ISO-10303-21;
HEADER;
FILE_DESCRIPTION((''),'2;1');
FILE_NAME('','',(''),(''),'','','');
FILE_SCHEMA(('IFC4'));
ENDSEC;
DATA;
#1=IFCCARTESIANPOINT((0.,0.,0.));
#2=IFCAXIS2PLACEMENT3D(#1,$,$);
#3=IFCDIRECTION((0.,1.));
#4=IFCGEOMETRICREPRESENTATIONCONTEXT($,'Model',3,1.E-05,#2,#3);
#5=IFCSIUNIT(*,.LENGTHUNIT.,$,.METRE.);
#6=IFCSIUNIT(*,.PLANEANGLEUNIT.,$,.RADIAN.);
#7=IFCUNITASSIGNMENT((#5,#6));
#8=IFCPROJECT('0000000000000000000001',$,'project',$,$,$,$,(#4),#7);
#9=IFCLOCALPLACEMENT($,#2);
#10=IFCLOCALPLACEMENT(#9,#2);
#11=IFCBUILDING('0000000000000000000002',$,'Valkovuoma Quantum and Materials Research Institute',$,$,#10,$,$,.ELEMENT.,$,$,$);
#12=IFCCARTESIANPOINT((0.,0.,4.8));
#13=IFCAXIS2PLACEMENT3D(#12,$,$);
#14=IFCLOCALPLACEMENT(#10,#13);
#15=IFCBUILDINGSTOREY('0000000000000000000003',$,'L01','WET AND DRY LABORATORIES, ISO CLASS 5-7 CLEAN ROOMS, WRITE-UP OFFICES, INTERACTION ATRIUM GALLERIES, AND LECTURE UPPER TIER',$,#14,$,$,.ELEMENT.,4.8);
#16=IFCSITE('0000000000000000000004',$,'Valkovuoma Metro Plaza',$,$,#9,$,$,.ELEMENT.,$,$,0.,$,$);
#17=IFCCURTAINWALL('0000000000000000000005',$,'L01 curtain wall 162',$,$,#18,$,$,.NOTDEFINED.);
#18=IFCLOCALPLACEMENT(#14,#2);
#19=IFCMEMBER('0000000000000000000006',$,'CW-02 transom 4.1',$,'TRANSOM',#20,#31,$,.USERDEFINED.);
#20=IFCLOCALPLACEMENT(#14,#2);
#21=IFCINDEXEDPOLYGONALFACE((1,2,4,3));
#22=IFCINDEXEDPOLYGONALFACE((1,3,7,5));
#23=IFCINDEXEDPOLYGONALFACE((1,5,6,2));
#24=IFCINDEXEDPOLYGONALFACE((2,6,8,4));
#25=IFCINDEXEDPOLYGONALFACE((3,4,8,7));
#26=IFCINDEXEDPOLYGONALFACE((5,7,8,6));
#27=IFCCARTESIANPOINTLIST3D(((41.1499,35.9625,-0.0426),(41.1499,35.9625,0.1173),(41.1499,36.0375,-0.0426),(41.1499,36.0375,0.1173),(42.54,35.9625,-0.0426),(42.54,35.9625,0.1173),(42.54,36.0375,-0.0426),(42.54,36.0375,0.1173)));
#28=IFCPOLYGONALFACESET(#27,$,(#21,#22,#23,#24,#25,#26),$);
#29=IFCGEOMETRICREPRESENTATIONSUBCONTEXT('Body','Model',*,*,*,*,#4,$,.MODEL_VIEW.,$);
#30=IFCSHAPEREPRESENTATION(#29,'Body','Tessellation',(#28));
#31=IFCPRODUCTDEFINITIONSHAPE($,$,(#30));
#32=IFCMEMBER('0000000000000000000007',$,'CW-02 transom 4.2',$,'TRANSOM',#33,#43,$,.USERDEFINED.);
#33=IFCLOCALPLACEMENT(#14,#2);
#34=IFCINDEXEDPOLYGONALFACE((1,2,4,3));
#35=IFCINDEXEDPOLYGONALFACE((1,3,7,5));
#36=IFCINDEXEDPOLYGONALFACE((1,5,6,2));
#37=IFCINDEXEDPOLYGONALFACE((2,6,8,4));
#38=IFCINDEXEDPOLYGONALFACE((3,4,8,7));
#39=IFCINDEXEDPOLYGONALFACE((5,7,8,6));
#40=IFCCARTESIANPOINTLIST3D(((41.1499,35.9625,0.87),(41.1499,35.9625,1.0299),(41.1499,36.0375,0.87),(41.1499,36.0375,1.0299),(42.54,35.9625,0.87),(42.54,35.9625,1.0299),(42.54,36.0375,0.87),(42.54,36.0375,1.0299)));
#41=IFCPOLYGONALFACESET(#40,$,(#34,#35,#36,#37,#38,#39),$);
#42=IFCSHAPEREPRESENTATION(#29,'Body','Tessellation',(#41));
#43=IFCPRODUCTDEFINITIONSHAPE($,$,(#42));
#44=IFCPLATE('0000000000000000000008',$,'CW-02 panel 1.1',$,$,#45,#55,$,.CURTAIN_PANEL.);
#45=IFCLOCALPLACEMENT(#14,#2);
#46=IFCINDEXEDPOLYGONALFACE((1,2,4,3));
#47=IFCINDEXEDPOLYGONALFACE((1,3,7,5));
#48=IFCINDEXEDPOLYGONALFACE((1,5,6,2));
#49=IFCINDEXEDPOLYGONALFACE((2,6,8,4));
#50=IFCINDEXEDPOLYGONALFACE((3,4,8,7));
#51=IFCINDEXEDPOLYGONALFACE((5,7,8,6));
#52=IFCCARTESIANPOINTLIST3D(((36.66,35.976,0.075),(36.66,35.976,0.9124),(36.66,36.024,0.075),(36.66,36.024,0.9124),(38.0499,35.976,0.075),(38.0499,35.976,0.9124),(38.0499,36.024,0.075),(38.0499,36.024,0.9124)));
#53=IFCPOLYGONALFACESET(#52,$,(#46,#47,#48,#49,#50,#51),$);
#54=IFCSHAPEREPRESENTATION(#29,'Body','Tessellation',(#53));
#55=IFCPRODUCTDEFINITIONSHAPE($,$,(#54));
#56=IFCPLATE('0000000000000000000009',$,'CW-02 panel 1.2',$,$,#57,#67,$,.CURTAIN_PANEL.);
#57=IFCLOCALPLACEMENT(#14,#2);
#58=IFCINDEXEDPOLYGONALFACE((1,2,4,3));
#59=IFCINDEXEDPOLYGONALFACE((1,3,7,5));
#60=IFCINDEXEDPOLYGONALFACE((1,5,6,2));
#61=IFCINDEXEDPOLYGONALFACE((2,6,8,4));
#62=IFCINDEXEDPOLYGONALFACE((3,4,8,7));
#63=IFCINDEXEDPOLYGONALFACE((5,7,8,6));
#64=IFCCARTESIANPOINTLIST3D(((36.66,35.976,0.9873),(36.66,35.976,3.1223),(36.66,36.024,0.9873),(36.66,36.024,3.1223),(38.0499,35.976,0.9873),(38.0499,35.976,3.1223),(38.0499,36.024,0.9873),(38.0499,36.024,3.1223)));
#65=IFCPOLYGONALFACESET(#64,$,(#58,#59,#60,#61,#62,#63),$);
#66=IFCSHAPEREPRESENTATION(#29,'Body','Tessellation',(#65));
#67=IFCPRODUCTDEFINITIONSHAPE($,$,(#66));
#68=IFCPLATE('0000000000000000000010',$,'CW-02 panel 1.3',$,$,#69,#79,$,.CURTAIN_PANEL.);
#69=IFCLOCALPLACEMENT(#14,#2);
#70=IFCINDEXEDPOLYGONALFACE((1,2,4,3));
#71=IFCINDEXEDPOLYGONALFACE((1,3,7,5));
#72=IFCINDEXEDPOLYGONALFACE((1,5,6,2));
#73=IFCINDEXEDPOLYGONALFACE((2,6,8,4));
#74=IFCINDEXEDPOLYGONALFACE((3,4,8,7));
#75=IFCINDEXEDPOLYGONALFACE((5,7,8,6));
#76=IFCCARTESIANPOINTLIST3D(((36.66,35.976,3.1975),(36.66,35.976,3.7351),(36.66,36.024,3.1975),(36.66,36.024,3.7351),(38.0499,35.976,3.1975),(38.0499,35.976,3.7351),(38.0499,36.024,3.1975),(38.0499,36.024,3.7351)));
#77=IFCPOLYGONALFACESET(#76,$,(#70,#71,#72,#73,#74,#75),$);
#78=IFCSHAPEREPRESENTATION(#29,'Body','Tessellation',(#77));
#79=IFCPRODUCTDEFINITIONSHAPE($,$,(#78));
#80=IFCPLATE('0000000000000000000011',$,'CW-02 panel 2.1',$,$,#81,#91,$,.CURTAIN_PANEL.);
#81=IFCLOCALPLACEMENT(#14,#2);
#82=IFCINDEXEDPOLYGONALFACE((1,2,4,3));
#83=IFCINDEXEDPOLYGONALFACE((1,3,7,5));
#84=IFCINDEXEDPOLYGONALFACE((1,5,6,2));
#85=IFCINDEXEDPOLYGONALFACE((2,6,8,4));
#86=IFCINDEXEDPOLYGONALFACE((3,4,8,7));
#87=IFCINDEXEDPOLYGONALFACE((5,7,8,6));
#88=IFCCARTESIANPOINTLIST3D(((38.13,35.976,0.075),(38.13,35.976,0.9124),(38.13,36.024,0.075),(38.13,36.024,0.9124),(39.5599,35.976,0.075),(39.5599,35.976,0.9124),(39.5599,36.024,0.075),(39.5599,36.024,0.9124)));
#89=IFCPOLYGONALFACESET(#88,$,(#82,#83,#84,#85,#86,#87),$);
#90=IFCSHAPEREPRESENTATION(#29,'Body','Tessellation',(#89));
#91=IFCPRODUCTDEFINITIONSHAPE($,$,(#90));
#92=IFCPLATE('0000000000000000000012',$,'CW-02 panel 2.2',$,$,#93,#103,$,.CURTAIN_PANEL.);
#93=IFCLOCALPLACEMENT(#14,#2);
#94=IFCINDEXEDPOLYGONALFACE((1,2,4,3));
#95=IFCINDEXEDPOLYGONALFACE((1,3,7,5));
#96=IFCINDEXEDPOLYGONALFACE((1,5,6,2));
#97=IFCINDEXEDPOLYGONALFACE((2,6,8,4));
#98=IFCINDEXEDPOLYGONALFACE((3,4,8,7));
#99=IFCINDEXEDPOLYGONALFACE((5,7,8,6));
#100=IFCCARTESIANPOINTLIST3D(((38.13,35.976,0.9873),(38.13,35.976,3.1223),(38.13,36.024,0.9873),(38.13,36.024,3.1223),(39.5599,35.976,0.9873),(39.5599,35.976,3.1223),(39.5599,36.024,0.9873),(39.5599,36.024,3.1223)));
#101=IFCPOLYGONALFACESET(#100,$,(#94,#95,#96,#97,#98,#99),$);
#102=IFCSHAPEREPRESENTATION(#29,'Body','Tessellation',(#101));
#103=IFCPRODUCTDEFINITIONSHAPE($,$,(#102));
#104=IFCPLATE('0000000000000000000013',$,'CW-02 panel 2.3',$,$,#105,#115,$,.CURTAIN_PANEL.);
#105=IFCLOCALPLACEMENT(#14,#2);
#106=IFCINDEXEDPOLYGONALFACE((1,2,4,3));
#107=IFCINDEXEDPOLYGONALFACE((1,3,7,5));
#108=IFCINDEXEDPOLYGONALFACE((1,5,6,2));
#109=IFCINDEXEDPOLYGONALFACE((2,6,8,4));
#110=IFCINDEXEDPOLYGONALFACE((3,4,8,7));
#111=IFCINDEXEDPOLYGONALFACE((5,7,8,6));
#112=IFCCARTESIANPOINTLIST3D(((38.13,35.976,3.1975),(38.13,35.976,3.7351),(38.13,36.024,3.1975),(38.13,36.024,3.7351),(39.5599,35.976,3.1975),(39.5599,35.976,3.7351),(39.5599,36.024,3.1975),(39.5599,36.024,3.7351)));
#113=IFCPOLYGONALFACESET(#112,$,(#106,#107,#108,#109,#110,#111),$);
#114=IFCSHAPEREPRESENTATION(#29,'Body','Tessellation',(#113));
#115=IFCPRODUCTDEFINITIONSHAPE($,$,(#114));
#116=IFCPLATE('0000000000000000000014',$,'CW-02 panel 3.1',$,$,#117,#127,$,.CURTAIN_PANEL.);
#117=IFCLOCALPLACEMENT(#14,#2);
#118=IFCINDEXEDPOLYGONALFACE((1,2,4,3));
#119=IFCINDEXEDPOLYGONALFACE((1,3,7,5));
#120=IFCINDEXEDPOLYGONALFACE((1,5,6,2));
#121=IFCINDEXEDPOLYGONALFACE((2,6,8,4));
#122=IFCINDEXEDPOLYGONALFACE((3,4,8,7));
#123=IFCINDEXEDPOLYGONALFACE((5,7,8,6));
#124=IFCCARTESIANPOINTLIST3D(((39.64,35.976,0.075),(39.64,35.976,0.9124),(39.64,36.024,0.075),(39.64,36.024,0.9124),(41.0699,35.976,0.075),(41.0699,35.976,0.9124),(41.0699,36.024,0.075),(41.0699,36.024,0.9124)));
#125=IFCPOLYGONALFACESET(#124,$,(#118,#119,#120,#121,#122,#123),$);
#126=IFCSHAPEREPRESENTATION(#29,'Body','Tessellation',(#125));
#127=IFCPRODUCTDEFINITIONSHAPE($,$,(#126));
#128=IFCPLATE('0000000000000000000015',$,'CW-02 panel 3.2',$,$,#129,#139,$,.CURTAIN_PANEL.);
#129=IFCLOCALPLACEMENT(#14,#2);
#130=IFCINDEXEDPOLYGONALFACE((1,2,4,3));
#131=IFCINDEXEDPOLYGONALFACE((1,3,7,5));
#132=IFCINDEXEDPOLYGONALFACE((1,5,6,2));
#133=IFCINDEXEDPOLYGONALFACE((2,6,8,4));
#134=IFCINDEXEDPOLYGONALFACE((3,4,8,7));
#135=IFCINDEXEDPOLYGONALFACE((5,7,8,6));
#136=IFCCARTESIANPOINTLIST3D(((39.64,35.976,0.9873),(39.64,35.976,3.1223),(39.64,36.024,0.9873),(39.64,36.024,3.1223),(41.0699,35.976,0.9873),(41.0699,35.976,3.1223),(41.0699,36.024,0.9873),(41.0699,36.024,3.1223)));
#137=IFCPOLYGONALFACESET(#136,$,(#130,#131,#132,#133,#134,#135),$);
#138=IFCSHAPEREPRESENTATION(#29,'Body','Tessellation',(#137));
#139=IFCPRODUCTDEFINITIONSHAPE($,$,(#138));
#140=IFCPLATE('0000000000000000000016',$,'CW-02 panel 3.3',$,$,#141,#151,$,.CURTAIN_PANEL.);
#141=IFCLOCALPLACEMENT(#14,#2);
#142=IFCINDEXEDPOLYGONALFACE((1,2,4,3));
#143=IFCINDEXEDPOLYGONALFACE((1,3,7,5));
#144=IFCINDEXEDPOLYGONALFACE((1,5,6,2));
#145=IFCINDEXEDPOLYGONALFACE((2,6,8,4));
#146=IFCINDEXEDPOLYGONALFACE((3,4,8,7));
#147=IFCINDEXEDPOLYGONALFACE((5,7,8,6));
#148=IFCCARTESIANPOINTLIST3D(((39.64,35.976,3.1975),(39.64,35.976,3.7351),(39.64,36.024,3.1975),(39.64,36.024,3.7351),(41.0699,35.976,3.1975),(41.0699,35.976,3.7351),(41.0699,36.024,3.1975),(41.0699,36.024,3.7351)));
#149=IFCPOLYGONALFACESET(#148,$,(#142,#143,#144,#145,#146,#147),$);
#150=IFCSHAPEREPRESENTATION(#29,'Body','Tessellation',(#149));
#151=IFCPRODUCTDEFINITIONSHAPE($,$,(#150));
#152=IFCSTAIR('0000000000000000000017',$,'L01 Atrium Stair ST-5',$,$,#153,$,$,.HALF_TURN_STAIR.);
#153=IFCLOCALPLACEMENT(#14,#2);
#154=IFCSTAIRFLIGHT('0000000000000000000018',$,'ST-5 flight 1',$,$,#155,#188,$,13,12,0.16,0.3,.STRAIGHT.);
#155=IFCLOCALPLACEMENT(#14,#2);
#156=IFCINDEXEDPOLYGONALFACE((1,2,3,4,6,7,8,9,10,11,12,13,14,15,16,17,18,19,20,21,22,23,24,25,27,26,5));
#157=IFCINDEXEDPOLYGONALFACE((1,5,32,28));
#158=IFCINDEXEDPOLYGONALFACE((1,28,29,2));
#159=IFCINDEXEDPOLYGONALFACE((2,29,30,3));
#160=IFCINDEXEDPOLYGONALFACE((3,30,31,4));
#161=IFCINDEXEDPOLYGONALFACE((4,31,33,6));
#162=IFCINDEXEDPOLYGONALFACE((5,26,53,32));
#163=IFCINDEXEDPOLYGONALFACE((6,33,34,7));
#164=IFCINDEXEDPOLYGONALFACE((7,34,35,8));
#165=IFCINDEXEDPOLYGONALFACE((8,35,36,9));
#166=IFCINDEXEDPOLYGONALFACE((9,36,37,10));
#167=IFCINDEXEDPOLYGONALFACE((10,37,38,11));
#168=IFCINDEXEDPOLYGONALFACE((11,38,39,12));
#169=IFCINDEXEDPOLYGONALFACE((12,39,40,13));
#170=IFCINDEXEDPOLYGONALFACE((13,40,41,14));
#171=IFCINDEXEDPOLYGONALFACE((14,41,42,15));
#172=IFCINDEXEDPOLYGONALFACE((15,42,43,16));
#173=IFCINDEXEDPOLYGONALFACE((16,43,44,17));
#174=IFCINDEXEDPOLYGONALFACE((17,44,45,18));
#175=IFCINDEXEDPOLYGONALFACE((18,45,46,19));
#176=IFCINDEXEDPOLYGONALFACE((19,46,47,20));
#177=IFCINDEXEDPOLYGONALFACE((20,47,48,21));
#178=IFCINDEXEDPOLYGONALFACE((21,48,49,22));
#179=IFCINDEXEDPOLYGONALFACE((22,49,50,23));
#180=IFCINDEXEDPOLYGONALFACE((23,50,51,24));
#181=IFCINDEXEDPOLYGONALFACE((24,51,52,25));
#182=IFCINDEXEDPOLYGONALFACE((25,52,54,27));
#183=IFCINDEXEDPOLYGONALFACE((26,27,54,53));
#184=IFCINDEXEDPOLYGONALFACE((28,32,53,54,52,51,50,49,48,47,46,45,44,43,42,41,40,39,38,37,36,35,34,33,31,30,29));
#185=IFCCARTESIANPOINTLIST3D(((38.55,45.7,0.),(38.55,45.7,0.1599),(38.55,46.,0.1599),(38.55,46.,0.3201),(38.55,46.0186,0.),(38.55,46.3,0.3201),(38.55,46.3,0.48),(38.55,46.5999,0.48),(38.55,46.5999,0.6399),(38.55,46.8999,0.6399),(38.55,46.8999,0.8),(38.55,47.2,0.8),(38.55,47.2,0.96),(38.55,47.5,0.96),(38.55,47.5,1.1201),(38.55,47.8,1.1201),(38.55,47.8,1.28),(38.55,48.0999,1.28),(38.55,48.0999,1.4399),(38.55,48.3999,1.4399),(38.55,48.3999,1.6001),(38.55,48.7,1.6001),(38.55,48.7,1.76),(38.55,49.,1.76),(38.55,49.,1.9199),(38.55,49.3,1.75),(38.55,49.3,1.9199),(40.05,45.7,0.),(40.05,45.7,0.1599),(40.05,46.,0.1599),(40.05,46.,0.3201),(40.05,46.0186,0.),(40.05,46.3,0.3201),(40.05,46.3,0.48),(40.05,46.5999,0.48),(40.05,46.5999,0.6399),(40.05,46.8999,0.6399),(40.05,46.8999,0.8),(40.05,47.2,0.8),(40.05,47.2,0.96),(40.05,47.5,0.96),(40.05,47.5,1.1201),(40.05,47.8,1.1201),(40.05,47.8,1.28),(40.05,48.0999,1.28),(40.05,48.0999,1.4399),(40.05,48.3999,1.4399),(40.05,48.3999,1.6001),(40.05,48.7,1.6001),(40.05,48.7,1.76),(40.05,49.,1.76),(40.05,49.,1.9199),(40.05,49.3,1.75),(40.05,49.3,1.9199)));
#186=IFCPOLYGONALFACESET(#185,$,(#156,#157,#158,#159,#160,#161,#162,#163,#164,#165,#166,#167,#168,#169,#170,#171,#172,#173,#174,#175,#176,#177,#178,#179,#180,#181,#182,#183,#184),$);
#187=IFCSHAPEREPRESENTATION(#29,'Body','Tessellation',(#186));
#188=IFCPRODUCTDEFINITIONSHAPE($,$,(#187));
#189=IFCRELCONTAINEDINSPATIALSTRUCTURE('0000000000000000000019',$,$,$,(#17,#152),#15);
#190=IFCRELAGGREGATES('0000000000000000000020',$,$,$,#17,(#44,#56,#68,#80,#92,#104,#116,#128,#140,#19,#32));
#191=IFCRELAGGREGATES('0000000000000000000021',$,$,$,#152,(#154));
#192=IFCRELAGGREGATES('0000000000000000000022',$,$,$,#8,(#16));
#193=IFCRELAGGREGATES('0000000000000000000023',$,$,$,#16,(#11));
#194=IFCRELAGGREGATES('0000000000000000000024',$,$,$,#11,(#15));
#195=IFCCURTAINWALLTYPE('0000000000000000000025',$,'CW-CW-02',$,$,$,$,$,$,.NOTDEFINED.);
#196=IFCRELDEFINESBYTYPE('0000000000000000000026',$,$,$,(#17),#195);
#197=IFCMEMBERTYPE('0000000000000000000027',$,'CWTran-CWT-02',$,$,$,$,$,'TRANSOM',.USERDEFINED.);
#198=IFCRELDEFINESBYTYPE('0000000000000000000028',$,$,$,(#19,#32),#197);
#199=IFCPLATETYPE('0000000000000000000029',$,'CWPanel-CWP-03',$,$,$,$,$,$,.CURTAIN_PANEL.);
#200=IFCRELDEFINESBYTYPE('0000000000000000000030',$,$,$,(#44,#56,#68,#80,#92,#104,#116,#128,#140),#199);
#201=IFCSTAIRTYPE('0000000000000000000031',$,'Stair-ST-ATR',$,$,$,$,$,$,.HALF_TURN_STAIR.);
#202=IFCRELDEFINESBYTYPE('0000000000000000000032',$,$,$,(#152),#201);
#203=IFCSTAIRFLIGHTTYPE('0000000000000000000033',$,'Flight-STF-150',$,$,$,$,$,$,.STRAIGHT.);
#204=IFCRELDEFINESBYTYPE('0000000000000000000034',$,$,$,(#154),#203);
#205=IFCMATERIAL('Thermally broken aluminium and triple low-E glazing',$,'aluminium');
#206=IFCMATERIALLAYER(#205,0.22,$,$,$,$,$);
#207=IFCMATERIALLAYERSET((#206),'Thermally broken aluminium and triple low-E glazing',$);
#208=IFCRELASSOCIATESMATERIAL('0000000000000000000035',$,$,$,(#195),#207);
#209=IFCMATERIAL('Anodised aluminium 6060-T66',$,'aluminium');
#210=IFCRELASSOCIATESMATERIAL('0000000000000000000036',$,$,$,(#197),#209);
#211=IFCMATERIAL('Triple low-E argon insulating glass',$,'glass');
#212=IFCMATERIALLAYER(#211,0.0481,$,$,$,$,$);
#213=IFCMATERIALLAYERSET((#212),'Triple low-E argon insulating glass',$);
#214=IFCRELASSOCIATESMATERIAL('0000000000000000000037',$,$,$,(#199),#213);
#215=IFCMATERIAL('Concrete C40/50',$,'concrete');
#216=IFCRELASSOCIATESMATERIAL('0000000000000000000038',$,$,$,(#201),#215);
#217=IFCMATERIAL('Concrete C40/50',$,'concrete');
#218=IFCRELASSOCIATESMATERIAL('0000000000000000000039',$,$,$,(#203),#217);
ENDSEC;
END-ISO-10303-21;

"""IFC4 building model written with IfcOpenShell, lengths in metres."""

from ifc_helpers import new_model, si_unit, direction, frame, origin, origin_2d, place, context, subcontext, project, spatial, polyline, rectangle, outline, extrude, material, layer, layer_set, material_profile, profile_set, type_object, element, aggregate, save


model = new_model("IFC4")

# Units and contexts
model_context = context("Model", 3, precision=1e-05, world=origin(), true_north=direction((0.0, 1.0)))
body_context = subcontext(model_context, "Body", "Model", "MODEL_VIEW")
ifc_project = project(units=[si_unit("LENGTHUNIT", "METRE"), si_unit("PLANEANGLEUNIT", "RADIAN")], contexts=[model_context])

# Site, building, storey
site_placement = place(None, origin())
site = spatial("IfcSite", under=ifc_project, at=site_placement, Name="Valkovuoma Metro Plaza", CompositionType="ELEMENT", RefElevation=0.0)
building_placement = place(site_placement, origin())
building = spatial("IfcBuilding", under=site, at=building_placement, Name="Valkovuoma Quantum and Materials Research Institute", CompositionType="ELEMENT")
storey_placement = place(building_placement, frame((0.0, 0.0, 4.8)))
storey = spatial("IfcBuildingStorey", under=building, at=storey_placement, Name="L01", Description="WET AND DRY LABORATORIES, ISO CLASS 5-7 CLEAN ROOMS, WRITE-UP OFFICES, INTERACTION ATRIUM GALLERIES, AND LECTURE UPPER TIER", CompositionType="ELEMENT", Elevation=4.8)

# Curtain wall, members, plates
ifc_material_1 = material(Name="Thermally broken aluminium and triple low-E glazing", Category="aluminium")
ifc_layer_1 = layer(ifc_material_1, 0.22)
ifc_layer_set_1 = layer_set([ifc_layer_1], Name="Thermally broken aluminium and triple low-E glazing")
curtain_wall_type = type_object("IfcCurtainWallType", Name="CW-CW-02", PredefinedType="NOTDEFINED", material=ifc_layer_set_1)
curtain_wall_placement = place(storey_placement, origin())
curtain_wall = element("IfcCurtainWall", 1, at=curtain_wall_placement, inside=storey, type_object=curtain_wall_type, Name="L01 curtain wall 162", PredefinedType="NOTDEFINED")
ifc_material_2 = material(Name="Anodised aluminium 6060-T66", Category="aluminium")
ifc_material_profile_1 = material_profile(ifc_material_2, rectangle(XDim=0.075, YDim=0.1599, at=origin_2d()), Name="Anodised aluminium 6060-T66")
ifc_profile_set_1 = profile_set([ifc_material_profile_1], Name="Anodised aluminium 6060-T66")
member_type_1 = type_object("IfcMemberType", Name="CWTran-CWT-02", ElementType="TRANSOM", PredefinedType="USERDEFINED", material=ifc_profile_set_1)
member_1_placement = place(storey_placement, frame((41.1499, 36.0, 0.0374), z_axis=(1.0, 0.0, 0.0), x_axis=(0.0, 1.0, 0.0)))
member_1 = element("IfcMember", 2, at=member_1_placement, type_object=member_type_1, Name="CW-02 transom 4.1", ObjectType="TRANSOM", PredefinedType="USERDEFINED", context=body_context, shape_type="SweptSolid", body=[
    extrude(rectangle(XDim=0.075, YDim=0.1599, at=origin_2d()), origin(), (0.0, 0.0, 1.0), 1.3901),
])
member_2_placement = place(storey_placement, frame((41.1499, 36.0, 0.95), z_axis=(1.0, 0.0, 0.0), x_axis=(0.0, 1.0, 0.0)))
member_2 = element("IfcMember", 3, at=member_2_placement, type_object=member_type_1, Name="CW-02 transom 4.2", ObjectType="TRANSOM", PredefinedType="USERDEFINED", context=body_context, shape_type="SweptSolid", body=[
    extrude(rectangle(XDim=0.075, YDim=0.1599, at=origin_2d()), origin(), (0.0, 0.0, 1.0), 1.3901),
])
ifc_material_3 = material(Name="Triple low-E argon insulating glass", Category="glass")
ifc_layer_2 = layer(ifc_material_3, 0.0481)
ifc_layer_set_2 = layer_set([ifc_layer_2], Name="Triple low-E argon insulating glass")
plate_type = type_object("IfcPlateType", Name="CWPanel-CWP-03", PredefinedType="CURTAIN_PANEL", material=ifc_layer_set_2)
plate_1_placement = place(storey_placement, frame((37.355, 36.0, 0.075), z_axis=(0.0, 0.0, 1.0), x_axis=(1.0, 0.0, 0.0)))
plate_1 = element("IfcPlate", 4, at=plate_1_placement, type_object=plate_type, Name="CW-02 panel 1.1", PredefinedType="CURTAIN_PANEL", context=body_context, shape_type="SweptSolid", body=[
    extrude(rectangle(XDim=1.3899, YDim=0.0481, at=origin_2d()), origin(), (0.0, 0.0, 1.0), 0.8374),
])
plate_2_placement = place(storey_placement, frame((37.355, 36.0, 0.9873), z_axis=(0.0, 0.0, 1.0), x_axis=(1.0, 0.0, 0.0)))
plate_2 = element("IfcPlate", 5, at=plate_2_placement, type_object=plate_type, Name="CW-02 panel 1.2", PredefinedType="CURTAIN_PANEL", context=body_context, shape_type="SweptSolid", body=[
    extrude(rectangle(XDim=1.3899, YDim=0.0481, at=origin_2d()), origin(), (0.0, 0.0, 1.0), 2.135),
])
plate_3_placement = place(storey_placement, frame((37.355, 36.0, 3.1975), z_axis=(0.0, 0.0, 1.0), x_axis=(1.0, 0.0, 0.0)))
plate_3 = element("IfcPlate", 6, at=plate_3_placement, type_object=plate_type, Name="CW-02 panel 1.3", PredefinedType="CURTAIN_PANEL", context=body_context, shape_type="SweptSolid", body=[
    extrude(rectangle(XDim=1.3899, YDim=0.0481, at=origin_2d()), origin(), (0.0, 0.0, 1.0), 0.5376),
])
plate_4_placement = place(storey_placement, frame((38.845, 36.0, 0.075), z_axis=(0.0, 0.0, 1.0), x_axis=(1.0, 0.0, 0.0)))
plate_4 = element("IfcPlate", 7, at=plate_4_placement, type_object=plate_type, Name="CW-02 panel 2.1", PredefinedType="CURTAIN_PANEL", context=body_context, shape_type="SweptSolid", body=[
    extrude(rectangle(XDim=1.4299, YDim=0.0481, at=origin_2d()), origin(), (0.0, 0.0, 1.0), 0.8374),
])
plate_5_placement = place(storey_placement, frame((38.845, 36.0, 0.9873), z_axis=(0.0, 0.0, 1.0), x_axis=(1.0, 0.0, 0.0)))
plate_5 = element("IfcPlate", 8, at=plate_5_placement, type_object=plate_type, Name="CW-02 panel 2.2", PredefinedType="CURTAIN_PANEL", context=body_context, shape_type="SweptSolid", body=[
    extrude(rectangle(XDim=1.4299, YDim=0.0481, at=origin_2d()), origin(), (0.0, 0.0, 1.0), 2.135),
])
plate_6_placement = place(storey_placement, frame((38.845, 36.0, 3.1975), z_axis=(0.0, 0.0, 1.0), x_axis=(1.0, 0.0, 0.0)))
plate_6 = element("IfcPlate", 9, at=plate_6_placement, type_object=plate_type, Name="CW-02 panel 2.3", PredefinedType="CURTAIN_PANEL", context=body_context, shape_type="SweptSolid", body=[
    extrude(rectangle(XDim=1.4299, YDim=0.0481, at=origin_2d()), origin(), (0.0, 0.0, 1.0), 0.5376),
])
plate_7_placement = place(storey_placement, frame((40.355, 36.0, 0.075), z_axis=(0.0, 0.0, 1.0), x_axis=(1.0, 0.0, 0.0)))
plate_7 = element("IfcPlate", 10, at=plate_7_placement, type_object=plate_type, Name="CW-02 panel 3.1", PredefinedType="CURTAIN_PANEL", context=body_context, shape_type="SweptSolid", body=[
    extrude(rectangle(XDim=1.4299, YDim=0.0481, at=origin_2d()), origin(), (0.0, 0.0, 1.0), 0.8374),
])
plate_8_placement = place(storey_placement, frame((40.355, 36.0, 0.9873), z_axis=(0.0, 0.0, 1.0), x_axis=(1.0, 0.0, 0.0)))
plate_8 = element("IfcPlate", 11, at=plate_8_placement, type_object=plate_type, Name="CW-02 panel 3.2", PredefinedType="CURTAIN_PANEL", context=body_context, shape_type="SweptSolid", body=[
    extrude(rectangle(XDim=1.4299, YDim=0.0481, at=origin_2d()), origin(), (0.0, 0.0, 1.0), 2.135),
])
plate_9_placement = place(storey_placement, frame((40.355, 36.0, 3.1975), z_axis=(0.0, 0.0, 1.0), x_axis=(1.0, 0.0, 0.0)))
plate_9 = element("IfcPlate", 12, at=plate_9_placement, type_object=plate_type, Name="CW-02 panel 3.3", PredefinedType="CURTAIN_PANEL", context=body_context, shape_type="SweptSolid", body=[
    extrude(rectangle(XDim=1.4299, YDim=0.0481, at=origin_2d()), origin(), (0.0, 0.0, 1.0), 0.5376),
])
aggregate(curtain_wall, [plate_1, plate_2, plate_3, plate_4, plate_5, plate_6, plate_7, plate_8, plate_9, member_1, member_2])

# Stair, stair flight
ifc_material_4 = material(Name="Concrete C40/50", Category="concrete")
stair_type = type_object("IfcStairType", Name="Stair-ST-ATR", PredefinedType="HALF_TURN_STAIR", material=ifc_material_4)
stair_placement = place(storey_placement, origin())
stair = element("IfcStair", 13, at=stair_placement, inside=storey, type_object=stair_type, Name="L01 Atrium Stair ST-5", PredefinedType="HALF_TURN_STAIR")
ifc_material_5 = material(Name="Concrete C40/50", Category="concrete")
stair_flight_type = type_object("IfcStairFlightType", Name="Flight-STF-150", PredefinedType="STRAIGHT", material=ifc_material_5)
stair_flight_placement = place(storey_placement, frame((39.3, 45.7, 0.0), z_axis=(0.0, 0.0, 1.0), x_axis=(0.0, 1.0, 0.0)))
stair_flight = element("IfcStairFlight", 14, at=stair_flight_placement, type_object=stair_flight_type, Name="ST-5 flight 1", NumberOfRisers=13, NumberOfTreads=12, PredefinedType="STRAIGHT", RiserHeight=0.16, TreadLength=0.3, context=body_context, shape_type="SweptSolid", body=[
    extrude(outline(polyline([(0.0, 0.0), (0.0, 0.1599), (0.3, 0.1599), (0.3, 0.3201), (0.6001, 0.3201), (0.6001, 0.48), (0.8999, 0.48), (0.8999, 0.6399), (1.2, 0.6399), (1.2, 0.8), (1.5, 0.8), (1.5, 0.96), (1.8, 0.96), (1.8, 1.1201), (2.1001, 1.1201), (2.1001, 1.28), (2.3999, 1.28), (2.3999, 1.4399), (2.7, 1.4399), (2.7, 1.6001), (3.0, 1.6001), (3.0, 1.76), (3.3, 1.76), (3.3, 1.9199), (3.6001, 1.9199), (3.6001, 2.0801), (3.6001, 1.75), (0.3186, 0.0), (0.0, 0.0)])), frame((0.0, 0.75, 0.0), z_axis=(0.0, -1.0, 0.0), x_axis=(1.0, 0.0, 0.0)), (0.0, 0.0, 1.0), 1.5),
])
aggregate(stair, [stair_flight])

save(model, "model.ifc")
